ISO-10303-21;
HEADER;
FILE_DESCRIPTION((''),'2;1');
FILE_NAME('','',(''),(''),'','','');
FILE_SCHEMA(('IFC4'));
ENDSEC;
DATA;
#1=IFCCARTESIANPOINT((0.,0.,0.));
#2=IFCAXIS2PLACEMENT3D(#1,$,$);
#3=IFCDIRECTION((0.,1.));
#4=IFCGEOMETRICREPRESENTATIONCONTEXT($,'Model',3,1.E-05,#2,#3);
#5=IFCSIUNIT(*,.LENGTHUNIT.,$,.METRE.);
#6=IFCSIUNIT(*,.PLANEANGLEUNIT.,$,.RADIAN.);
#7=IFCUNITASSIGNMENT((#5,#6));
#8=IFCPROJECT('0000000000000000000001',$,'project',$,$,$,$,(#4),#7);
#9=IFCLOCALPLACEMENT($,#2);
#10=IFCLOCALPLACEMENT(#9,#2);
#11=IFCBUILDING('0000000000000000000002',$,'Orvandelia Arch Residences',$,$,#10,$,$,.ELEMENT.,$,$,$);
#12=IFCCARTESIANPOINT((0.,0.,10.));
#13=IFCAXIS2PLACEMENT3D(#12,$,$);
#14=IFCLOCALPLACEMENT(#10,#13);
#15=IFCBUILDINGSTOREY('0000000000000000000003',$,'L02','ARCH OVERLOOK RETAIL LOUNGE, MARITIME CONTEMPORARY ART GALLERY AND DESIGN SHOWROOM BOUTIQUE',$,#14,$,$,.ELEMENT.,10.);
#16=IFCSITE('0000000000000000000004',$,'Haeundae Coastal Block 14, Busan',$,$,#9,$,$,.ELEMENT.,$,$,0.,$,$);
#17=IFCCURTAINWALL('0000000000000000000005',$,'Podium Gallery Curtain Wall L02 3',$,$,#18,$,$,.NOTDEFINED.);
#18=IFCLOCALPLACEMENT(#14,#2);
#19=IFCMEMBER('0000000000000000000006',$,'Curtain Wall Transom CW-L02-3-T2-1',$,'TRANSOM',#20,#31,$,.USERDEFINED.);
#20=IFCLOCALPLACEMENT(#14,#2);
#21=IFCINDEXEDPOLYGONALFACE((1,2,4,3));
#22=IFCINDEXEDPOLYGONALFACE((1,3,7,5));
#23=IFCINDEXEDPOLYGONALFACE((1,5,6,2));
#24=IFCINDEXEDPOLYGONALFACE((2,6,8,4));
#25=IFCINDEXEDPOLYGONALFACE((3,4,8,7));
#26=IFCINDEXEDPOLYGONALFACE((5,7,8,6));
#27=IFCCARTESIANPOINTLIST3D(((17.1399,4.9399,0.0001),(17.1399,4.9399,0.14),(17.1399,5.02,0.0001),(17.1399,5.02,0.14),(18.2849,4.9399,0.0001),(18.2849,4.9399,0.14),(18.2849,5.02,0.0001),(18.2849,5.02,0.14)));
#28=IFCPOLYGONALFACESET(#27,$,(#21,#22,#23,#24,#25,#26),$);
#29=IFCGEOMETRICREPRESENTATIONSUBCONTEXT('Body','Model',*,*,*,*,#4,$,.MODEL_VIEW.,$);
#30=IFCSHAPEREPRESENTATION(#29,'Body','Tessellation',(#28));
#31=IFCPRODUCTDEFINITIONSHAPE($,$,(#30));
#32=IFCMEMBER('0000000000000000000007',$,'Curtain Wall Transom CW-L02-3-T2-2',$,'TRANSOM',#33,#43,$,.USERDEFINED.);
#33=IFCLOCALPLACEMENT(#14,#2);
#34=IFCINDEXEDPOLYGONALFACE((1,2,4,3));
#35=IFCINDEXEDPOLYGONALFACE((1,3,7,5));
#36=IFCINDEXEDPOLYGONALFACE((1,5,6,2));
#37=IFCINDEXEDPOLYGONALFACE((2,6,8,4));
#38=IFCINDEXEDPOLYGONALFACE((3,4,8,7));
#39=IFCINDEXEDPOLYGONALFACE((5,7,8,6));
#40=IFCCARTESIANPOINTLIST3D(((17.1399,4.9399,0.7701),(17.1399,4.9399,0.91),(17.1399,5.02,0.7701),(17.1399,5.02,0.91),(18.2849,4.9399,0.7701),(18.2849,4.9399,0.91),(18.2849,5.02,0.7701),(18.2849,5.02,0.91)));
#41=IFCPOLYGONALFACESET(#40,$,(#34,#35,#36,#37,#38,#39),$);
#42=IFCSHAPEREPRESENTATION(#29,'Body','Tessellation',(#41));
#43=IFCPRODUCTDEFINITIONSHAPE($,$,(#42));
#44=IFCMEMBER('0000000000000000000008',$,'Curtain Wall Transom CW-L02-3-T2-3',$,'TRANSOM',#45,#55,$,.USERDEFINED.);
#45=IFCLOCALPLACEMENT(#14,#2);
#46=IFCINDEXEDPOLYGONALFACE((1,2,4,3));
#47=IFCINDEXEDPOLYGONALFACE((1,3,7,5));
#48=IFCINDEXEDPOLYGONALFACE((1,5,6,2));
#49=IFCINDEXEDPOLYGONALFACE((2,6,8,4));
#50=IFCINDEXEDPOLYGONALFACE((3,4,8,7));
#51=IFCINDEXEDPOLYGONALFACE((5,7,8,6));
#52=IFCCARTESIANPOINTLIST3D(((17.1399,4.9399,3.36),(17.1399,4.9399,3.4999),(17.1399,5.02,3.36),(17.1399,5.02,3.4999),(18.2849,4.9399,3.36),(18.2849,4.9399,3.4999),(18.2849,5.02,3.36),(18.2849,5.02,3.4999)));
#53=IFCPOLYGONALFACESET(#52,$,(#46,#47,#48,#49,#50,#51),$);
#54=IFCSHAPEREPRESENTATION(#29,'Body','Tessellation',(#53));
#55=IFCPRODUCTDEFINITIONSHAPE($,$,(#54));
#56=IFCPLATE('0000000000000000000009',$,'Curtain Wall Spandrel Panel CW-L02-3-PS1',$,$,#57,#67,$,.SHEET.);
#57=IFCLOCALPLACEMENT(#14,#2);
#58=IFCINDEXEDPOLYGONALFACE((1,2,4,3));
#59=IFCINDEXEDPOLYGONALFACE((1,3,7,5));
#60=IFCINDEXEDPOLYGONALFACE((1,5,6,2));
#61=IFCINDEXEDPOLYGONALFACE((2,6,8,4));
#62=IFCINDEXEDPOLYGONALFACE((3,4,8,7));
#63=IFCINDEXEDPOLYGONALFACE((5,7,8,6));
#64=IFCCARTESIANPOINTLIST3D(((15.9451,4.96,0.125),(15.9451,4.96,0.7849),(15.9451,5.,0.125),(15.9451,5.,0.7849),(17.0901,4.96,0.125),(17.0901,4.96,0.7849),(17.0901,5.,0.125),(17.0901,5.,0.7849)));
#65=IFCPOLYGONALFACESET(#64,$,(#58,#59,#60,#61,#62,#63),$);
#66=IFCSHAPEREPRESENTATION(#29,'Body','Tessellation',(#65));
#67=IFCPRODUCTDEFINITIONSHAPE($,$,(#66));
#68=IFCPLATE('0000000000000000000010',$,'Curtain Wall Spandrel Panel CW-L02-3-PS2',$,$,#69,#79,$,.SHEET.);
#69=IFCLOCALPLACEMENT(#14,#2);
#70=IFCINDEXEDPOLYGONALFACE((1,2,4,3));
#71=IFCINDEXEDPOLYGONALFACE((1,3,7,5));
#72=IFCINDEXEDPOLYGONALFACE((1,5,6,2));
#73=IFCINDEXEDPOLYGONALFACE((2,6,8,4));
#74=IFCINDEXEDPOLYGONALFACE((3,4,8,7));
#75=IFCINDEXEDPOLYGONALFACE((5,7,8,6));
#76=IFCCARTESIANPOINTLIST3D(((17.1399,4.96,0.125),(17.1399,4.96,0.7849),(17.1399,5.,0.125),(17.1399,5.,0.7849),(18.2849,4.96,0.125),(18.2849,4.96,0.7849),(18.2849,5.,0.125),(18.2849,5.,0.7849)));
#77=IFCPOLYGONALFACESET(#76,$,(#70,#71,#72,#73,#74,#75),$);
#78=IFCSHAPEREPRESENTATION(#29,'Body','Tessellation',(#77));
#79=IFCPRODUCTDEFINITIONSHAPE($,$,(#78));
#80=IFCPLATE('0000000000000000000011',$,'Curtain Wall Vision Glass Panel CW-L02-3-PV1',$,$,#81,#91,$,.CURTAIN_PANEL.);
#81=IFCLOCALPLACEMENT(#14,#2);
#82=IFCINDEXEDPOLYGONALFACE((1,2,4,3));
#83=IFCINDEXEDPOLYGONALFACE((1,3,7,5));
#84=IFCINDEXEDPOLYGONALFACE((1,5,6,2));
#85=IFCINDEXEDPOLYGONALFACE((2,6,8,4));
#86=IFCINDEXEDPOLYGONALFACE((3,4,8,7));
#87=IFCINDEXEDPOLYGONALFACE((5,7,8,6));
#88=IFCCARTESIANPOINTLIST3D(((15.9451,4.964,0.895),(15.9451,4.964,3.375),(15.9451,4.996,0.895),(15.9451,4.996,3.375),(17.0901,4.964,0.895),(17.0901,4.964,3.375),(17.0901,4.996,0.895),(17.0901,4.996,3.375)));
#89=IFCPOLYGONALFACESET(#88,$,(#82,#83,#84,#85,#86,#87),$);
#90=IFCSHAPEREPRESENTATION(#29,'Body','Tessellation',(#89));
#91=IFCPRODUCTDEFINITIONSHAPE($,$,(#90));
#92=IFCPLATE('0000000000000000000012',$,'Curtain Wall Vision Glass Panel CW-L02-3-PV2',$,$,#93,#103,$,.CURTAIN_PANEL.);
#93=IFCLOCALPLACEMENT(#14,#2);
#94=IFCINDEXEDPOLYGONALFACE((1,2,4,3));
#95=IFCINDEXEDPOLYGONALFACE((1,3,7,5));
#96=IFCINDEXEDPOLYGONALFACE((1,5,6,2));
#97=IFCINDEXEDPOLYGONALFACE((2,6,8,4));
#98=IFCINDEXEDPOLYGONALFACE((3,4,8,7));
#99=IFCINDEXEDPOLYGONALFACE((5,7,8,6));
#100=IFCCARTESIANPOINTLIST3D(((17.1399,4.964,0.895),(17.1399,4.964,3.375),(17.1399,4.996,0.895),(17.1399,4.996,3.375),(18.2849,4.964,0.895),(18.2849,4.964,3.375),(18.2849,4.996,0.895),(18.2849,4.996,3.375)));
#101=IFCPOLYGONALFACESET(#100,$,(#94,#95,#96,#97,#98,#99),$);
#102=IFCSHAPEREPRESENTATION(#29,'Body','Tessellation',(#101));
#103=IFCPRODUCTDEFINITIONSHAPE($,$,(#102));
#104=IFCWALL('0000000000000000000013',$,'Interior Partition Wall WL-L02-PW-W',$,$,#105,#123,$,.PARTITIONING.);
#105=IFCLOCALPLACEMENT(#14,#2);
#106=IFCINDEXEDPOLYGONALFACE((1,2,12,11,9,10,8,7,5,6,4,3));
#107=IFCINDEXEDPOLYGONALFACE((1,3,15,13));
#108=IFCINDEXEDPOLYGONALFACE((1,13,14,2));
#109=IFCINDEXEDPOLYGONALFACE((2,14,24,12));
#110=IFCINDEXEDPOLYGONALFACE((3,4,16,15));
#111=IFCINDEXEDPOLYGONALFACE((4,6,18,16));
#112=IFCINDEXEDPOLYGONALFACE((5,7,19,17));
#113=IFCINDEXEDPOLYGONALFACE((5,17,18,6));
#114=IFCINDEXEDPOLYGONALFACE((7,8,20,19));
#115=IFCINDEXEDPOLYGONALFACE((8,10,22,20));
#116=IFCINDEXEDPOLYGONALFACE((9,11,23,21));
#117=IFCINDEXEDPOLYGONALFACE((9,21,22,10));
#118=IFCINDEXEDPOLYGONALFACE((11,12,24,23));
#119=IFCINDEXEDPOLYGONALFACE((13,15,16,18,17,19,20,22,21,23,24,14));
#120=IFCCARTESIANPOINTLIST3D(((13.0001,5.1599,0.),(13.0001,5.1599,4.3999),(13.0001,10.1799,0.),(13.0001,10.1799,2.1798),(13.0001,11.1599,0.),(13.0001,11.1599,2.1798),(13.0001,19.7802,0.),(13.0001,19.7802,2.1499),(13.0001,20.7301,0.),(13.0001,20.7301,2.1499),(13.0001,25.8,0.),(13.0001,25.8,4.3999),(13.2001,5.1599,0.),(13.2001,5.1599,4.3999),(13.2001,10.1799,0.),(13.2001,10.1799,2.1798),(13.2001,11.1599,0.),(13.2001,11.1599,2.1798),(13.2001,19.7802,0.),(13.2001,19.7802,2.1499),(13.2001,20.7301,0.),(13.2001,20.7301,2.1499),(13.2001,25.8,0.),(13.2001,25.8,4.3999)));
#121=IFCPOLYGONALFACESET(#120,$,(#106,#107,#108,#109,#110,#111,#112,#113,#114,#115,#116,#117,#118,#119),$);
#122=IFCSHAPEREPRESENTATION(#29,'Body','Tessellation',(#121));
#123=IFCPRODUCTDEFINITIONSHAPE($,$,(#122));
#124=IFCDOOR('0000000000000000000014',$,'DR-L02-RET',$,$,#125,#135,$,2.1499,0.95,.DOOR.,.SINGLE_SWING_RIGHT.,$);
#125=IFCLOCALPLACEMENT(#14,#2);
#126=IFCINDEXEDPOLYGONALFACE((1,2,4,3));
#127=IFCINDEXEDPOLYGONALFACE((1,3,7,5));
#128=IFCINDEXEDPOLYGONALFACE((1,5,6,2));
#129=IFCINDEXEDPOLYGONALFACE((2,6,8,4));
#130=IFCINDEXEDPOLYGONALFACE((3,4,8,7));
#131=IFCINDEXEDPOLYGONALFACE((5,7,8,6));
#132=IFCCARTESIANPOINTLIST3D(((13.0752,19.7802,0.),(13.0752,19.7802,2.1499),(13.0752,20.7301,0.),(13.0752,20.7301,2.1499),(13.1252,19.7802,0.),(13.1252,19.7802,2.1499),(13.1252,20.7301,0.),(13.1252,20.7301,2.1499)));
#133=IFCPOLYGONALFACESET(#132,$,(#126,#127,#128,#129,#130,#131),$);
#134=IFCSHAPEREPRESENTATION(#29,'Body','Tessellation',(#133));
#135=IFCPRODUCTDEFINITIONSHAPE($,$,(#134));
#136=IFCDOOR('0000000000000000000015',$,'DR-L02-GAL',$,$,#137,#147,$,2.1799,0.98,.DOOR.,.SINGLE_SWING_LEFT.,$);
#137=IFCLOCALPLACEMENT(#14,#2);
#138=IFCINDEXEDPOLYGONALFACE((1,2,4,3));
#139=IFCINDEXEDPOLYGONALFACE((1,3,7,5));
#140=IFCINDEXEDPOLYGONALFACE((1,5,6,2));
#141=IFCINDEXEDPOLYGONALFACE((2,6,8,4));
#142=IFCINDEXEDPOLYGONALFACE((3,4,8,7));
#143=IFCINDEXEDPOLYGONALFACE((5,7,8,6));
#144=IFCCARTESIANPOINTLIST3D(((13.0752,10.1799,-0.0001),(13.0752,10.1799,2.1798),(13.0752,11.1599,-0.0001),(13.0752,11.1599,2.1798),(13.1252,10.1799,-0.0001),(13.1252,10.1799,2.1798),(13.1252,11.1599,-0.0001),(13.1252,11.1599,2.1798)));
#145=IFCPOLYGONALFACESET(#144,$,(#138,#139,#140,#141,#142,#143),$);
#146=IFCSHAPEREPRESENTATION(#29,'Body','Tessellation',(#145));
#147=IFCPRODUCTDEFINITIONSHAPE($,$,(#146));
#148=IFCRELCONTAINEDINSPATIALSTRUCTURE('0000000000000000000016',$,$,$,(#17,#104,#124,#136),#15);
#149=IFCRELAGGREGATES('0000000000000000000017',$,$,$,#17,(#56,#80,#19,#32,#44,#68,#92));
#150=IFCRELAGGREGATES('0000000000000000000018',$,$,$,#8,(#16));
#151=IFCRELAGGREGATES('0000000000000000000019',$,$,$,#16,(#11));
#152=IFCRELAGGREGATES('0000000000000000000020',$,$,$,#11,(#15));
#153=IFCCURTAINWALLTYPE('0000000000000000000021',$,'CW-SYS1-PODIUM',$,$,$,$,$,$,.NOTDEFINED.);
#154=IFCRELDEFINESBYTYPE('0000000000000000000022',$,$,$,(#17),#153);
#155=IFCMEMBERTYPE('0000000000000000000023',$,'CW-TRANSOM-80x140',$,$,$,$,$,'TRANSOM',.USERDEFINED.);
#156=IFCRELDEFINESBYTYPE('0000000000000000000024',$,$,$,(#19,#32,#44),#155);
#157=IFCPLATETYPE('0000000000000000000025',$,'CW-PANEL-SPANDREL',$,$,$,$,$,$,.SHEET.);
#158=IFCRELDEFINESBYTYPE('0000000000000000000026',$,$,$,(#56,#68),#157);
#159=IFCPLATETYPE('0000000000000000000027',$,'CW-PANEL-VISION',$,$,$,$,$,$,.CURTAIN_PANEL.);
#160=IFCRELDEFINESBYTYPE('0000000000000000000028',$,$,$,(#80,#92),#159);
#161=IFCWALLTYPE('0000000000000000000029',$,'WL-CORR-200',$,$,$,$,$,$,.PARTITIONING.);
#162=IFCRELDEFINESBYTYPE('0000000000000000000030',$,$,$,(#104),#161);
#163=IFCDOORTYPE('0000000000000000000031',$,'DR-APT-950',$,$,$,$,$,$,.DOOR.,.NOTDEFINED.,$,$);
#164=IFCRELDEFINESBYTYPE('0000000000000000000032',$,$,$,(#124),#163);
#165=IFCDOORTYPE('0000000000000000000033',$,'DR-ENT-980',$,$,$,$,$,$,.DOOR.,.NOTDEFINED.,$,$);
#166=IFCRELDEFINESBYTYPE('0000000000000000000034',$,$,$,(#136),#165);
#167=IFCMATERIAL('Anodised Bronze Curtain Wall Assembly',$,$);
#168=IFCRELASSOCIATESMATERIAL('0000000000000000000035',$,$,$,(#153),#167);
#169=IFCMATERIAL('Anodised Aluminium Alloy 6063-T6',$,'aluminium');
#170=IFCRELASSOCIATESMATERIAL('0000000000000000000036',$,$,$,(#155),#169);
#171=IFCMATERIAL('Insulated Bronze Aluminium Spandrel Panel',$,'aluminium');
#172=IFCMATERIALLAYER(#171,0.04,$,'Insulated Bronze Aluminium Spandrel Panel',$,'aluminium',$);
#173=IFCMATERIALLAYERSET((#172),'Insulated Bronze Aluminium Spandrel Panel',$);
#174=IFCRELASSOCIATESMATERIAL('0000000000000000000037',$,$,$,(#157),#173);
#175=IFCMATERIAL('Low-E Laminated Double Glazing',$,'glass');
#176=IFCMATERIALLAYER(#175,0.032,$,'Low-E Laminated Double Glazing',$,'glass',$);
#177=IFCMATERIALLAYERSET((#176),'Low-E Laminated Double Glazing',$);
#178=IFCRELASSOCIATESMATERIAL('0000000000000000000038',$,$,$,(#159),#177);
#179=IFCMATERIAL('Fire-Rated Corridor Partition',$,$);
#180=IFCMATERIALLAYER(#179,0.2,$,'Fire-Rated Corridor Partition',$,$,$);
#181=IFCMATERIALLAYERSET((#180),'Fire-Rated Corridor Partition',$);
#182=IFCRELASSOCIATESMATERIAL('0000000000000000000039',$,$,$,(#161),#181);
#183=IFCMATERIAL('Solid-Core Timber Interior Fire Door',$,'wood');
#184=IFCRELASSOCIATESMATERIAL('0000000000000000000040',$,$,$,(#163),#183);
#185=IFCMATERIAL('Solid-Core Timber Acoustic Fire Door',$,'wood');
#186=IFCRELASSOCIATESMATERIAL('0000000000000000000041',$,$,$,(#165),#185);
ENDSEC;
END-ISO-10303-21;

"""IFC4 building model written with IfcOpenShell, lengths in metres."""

from ifc_helpers import new_model, si_unit, direction, frame, frame_2d, origin, origin_2d, place, context, subcontext, project, spatial, rectangle, extrude, material, layer, layer_set, material_profile, profile_set, type_object, element, fill, aggregate, save


model = new_model("IFC4")

# Units and contexts
model_context = context("Model", 3, precision=1e-05, world=origin(), true_north=direction((0.0, 1.0)))
body_context = subcontext(model_context, "Body", "Model", "MODEL_VIEW")
ifc_project = project(units=[si_unit("LENGTHUNIT", "METRE"), si_unit("PLANEANGLEUNIT", "RADIAN")], contexts=[model_context])

# Site, building, storey
site_placement = place(None, origin())
site = spatial("IfcSite", under=ifc_project, at=site_placement, Name="Haeundae Coastal Block 14, Busan", CompositionType="ELEMENT", RefElevation=0.0)
building_placement = place(site_placement, origin())
building = spatial("IfcBuilding", under=site, at=building_placement, Name="Orvandelia Arch Residences", CompositionType="ELEMENT")
storey_placement = place(building_placement, frame((0.0, 0.0, 10.0)))
storey = spatial("IfcBuildingStorey", under=building, at=storey_placement, Name="L02", Description="ARCH OVERLOOK RETAIL LOUNGE, MARITIME CONTEMPORARY ART GALLERY AND DESIGN SHOWROOM BOUTIQUE", CompositionType="ELEMENT", Elevation=10.0)

# Curtain wall, members, plates
ifc_material_1 = material(Name="Anodised Bronze Curtain Wall Assembly")
curtain_wall_type = type_object("IfcCurtainWallType", Name="CW-SYS1-PODIUM", PredefinedType="NOTDEFINED", material=ifc_material_1)
curtain_wall_placement = place(storey_placement, origin())
curtain_wall = element("IfcCurtainWall", 1, at=curtain_wall_placement, inside=storey, type_object=curtain_wall_type, Name="Podium Gallery Curtain Wall L02 3", PredefinedType="NOTDEFINED")
ifc_material_2 = material(Name="Anodised Aluminium Alloy 6063-T6", Category="aluminium")
ifc_material_profile_1 = material_profile(ifc_material_2, rectangle(XDim=0.0801, YDim=0.1399, at=origin_2d()), Name="Anodised Aluminium Alloy 6063-T6", Category="aluminium")
ifc_profile_set_1 = profile_set([ifc_material_profile_1], Name="Anodised Aluminium Alloy 6063-T6")
member_type_1 = type_object("IfcMemberType", Name="CW-TRANSOM-80x140", ElementType="TRANSOM", PredefinedType="USERDEFINED", material=ifc_profile_set_1)
member_1_placement = place(storey_placement, frame((17.1399, 4.98, 0.0701), z_axis=(1.0, 0.0, 0.0), x_axis=(0.0, 1.0, 0.0)))
member_1 = element("IfcMember", 2, at=member_1_placement, type_object=member_type_1, Name="Curtain Wall Transom CW-L02-3-T2-1", ObjectType="TRANSOM", PredefinedType="USERDEFINED", context=body_context, shape_type="SweptSolid", body=[
    extrude(rectangle(XDim=0.0801, YDim=0.1399, at=origin_2d()), origin(), (0.0, 0.0, 1.0), 1.145),
])
member_2_placement = place(storey_placement, frame((17.1399, 4.98, 0.8401), z_axis=(1.0, 0.0, 0.0), x_axis=(0.0, 1.0, 0.0)))
member_2 = element("IfcMember", 3, at=member_2_placement, type_object=member_type_1, Name="Curtain Wall Transom CW-L02-3-T2-2", ObjectType="TRANSOM", PredefinedType="USERDEFINED", context=body_context, shape_type="SweptSolid", body=[
    extrude(rectangle(XDim=0.0801, YDim=0.1399, at=origin_2d()), origin(), (0.0, 0.0, 1.0), 1.145),
])
member_3_placement = place(storey_placement, frame((17.1399, 4.98, 3.4299), z_axis=(1.0, 0.0, 0.0), x_axis=(0.0, 1.0, 0.0)))
member_3 = element("IfcMember", 4, at=member_3_placement, type_object=member_type_1, Name="Curtain Wall Transom CW-L02-3-T2-3", ObjectType="TRANSOM", PredefinedType="USERDEFINED", context=body_context, shape_type="SweptSolid", body=[
    extrude(rectangle(XDim=0.0801, YDim=0.1399, at=origin_2d()), origin(), (0.0, 0.0, 1.0), 1.145),
])
ifc_material_3 = material(Name="Insulated Bronze Aluminium Spandrel Panel", Category="aluminium")
ifc_layer_1 = layer(ifc_material_3, 0.04, Name="Insulated Bronze Aluminium Spandrel Panel", Category="aluminium")
ifc_layer_set_1 = layer_set([ifc_layer_1], Name="Insulated Bronze Aluminium Spandrel Panel")
plate_type_1 = type_object("IfcPlateType", Name="CW-PANEL-SPANDREL", PredefinedType="SHEET", material=ifc_layer_set_1)
plate_1_placement = place(storey_placement, frame((16.5176, 4.98, 0.125), z_axis=(0.0, 0.0, 1.0), x_axis=(1.0, 0.0, 0.0)))
plate_1 = element("IfcPlate", 5, at=plate_1_placement, type_object=plate_type_1, Name="Curtain Wall Spandrel Panel CW-L02-3-PS1", PredefinedType="SHEET", context=body_context, shape_type="SweptSolid", body=[
    extrude(rectangle(XDim=1.145, YDim=0.04, at=origin_2d()), origin(), (0.0, 0.0, 1.0), 0.6599),
])
plate_2_placement = place(storey_placement, frame((17.7124, 4.98, 0.125), z_axis=(0.0, 0.0, 1.0), x_axis=(1.0, 0.0, 0.0)))
plate_2 = element("IfcPlate", 6, at=plate_2_placement, type_object=plate_type_1, Name="Curtain Wall Spandrel Panel CW-L02-3-PS2", PredefinedType="SHEET", context=body_context, shape_type="SweptSolid", body=[
    extrude(rectangle(XDim=1.145, YDim=0.04, at=origin_2d()), origin(), (0.0, 0.0, 1.0), 0.6599),
])
ifc_material_4 = material(Name="Low-E Laminated Double Glazing", Category="glass")
ifc_layer_2 = layer(ifc_material_4, 0.032, Name="Low-E Laminated Double Glazing", Category="glass")
ifc_layer_set_2 = layer_set([ifc_layer_2], Name="Low-E Laminated Double Glazing")
plate_type_2 = type_object("IfcPlateType", Name="CW-PANEL-VISION", PredefinedType="CURTAIN_PANEL", material=ifc_layer_set_2)
plate_3_placement = place(storey_placement, frame((16.5176, 4.98, 0.895), z_axis=(0.0, 0.0, 1.0), x_axis=(1.0, 0.0, 0.0)))
plate_3 = element("IfcPlate", 7, at=plate_3_placement, type_object=plate_type_2, Name="Curtain Wall Vision Glass Panel CW-L02-3-PV1", PredefinedType="CURTAIN_PANEL", context=body_context, shape_type="SweptSolid", body=[
    extrude(rectangle(XDim=1.145, YDim=0.032, at=origin_2d()), origin(), (0.0, 0.0, 1.0), 2.48),
])
plate_4_placement = place(storey_placement, frame((17.7124, 4.98, 0.895), z_axis=(0.0, 0.0, 1.0), x_axis=(1.0, 0.0, 0.0)))
plate_4 = element("IfcPlate", 8, at=plate_4_placement, type_object=plate_type_2, Name="Curtain Wall Vision Glass Panel CW-L02-3-PV2", PredefinedType="CURTAIN_PANEL", context=body_context, shape_type="SweptSolid", body=[
    extrude(rectangle(XDim=1.145, YDim=0.032, at=origin_2d()), origin(), (0.0, 0.0, 1.0), 2.48),
])
aggregate(curtain_wall, [plate_1, plate_3, member_1, member_2, member_3, plate_2, plate_4])

# Wall, openings, doors
ifc_material_5 = material(Name="Fire-Rated Corridor Partition")
ifc_layer_3 = layer(ifc_material_5, 0.2, Name="Fire-Rated Corridor Partition")
ifc_layer_set_3 = layer_set([ifc_layer_3], Name="Fire-Rated Corridor Partition")
wall_type_1 = type_object("IfcWallType", Name="WL-CORR-200", PredefinedType="PARTITIONING", material=ifc_layer_set_3)
wall_1_placement = place(storey_placement, frame((13.1001, 5.1599, 0.0), z_axis=(0.0, 0.0, 1.0), x_axis=(0.0, 1.0, 0.0)))
wall_1 = element("IfcWall", 9, at=wall_1_placement, inside=storey, type_object=wall_type_1, Name="Interior Partition Wall WL-L02-PW-W", PredefinedType="PARTITIONING", context=body_context, shape_type="SweptSolid", body=[
    extrude(rectangle(XDim=20.6401, YDim=0.2, at=frame_2d((10.3201, 0.0))), origin(), (0.0, 0.0, 1.0), 4.3999),
])
opening_1_placement = place(wall_1_placement, frame((5.02, 0.0, 0.0)))
opening_1 = element("IfcOpeningElement", 10, at=opening_1_placement, cuts=wall_1, PredefinedType="OPENING", context=body_context, shape_type="SweptSolid", body=[
    extrude(rectangle(XDim=0.98, YDim=2.1799, at=frame_2d((0.49, 1.0898))), frame((0.0, 0.1099, 0.0), z_axis=(0.0, -1.0, 0.0), x_axis=(1.0, 0.0, 0.0)), (0.0, 0.0, 1.0), 0.22),
])
opening_2_placement = place(wall_1_placement, frame((14.6201, 0.0, 0.0)))
opening_2 = element("IfcOpeningElement", 11, at=opening_2_placement, cuts=wall_1, PredefinedType="OPENING", context=body_context, shape_type="SweptSolid", body=[
    extrude(rectangle(XDim=0.95, YDim=2.1499, at=frame_2d((0.4751, 1.075))), frame((0.0, 0.1099, 0.0), z_axis=(0.0, -1.0, 0.0), x_axis=(1.0, 0.0, 0.0)), (0.0, 0.0, 1.0), 0.22),
])
ifc_material_6 = material(Name="Solid-Core Timber Interior Fire Door", Category="wood")
door_type_1 = type_object("IfcDoorType", Name="DR-APT-950", OperationType="NOTDEFINED", PredefinedType="DOOR", material=ifc_material_6)
door_1_placement = place(opening_2_placement, origin())
door_1 = element("IfcDoor", 12, at=door_1_placement, inside=storey, type_object=door_type_1, Name="DR-L02-RET", OperationType="SINGLE_SWING_RIGHT", OverallHeight=2.1499, OverallWidth=0.95, PredefinedType="DOOR", context=body_context, shape_type="SweptSolid", body=[
    extrude(rectangle(XDim=0.95, YDim=2.1499, at=frame_2d((0.4751, 1.075))), frame((0.0, 0.0249, 0.0), z_axis=(0.0, -1.0, 0.0), x_axis=(1.0, 0.0, 0.0)), (0.0, 0.0, 1.0), 0.05),
])
fill(opening_2, door_1)
ifc_material_7 = material(Name="Solid-Core Timber Acoustic Fire Door", Category="wood")
door_type_2 = type_object("IfcDoorType", Name="DR-ENT-980", OperationType="NOTDEFINED", PredefinedType="DOOR", material=ifc_material_7)
door_2_placement = place(opening_1_placement, origin())
door_2 = element("IfcDoor", 13, at=door_2_placement, inside=storey, type_object=door_type_2, Name="DR-L02-GAL", OperationType="SINGLE_SWING_LEFT", OverallHeight=2.1799, OverallWidth=0.98, PredefinedType="DOOR", context=body_context, shape_type="SweptSolid", body=[
    extrude(rectangle(XDim=0.98, YDim=2.1799, at=frame_2d((0.49, 1.0898))), frame((0.0, 0.0249, 0.0), z_axis=(0.0, -1.0, 0.0), x_axis=(1.0, 0.0, 0.0)), (0.0, 0.0, 1.0), 0.05),
])
fill(opening_1, door_2)

save(model, "model.ifc")
